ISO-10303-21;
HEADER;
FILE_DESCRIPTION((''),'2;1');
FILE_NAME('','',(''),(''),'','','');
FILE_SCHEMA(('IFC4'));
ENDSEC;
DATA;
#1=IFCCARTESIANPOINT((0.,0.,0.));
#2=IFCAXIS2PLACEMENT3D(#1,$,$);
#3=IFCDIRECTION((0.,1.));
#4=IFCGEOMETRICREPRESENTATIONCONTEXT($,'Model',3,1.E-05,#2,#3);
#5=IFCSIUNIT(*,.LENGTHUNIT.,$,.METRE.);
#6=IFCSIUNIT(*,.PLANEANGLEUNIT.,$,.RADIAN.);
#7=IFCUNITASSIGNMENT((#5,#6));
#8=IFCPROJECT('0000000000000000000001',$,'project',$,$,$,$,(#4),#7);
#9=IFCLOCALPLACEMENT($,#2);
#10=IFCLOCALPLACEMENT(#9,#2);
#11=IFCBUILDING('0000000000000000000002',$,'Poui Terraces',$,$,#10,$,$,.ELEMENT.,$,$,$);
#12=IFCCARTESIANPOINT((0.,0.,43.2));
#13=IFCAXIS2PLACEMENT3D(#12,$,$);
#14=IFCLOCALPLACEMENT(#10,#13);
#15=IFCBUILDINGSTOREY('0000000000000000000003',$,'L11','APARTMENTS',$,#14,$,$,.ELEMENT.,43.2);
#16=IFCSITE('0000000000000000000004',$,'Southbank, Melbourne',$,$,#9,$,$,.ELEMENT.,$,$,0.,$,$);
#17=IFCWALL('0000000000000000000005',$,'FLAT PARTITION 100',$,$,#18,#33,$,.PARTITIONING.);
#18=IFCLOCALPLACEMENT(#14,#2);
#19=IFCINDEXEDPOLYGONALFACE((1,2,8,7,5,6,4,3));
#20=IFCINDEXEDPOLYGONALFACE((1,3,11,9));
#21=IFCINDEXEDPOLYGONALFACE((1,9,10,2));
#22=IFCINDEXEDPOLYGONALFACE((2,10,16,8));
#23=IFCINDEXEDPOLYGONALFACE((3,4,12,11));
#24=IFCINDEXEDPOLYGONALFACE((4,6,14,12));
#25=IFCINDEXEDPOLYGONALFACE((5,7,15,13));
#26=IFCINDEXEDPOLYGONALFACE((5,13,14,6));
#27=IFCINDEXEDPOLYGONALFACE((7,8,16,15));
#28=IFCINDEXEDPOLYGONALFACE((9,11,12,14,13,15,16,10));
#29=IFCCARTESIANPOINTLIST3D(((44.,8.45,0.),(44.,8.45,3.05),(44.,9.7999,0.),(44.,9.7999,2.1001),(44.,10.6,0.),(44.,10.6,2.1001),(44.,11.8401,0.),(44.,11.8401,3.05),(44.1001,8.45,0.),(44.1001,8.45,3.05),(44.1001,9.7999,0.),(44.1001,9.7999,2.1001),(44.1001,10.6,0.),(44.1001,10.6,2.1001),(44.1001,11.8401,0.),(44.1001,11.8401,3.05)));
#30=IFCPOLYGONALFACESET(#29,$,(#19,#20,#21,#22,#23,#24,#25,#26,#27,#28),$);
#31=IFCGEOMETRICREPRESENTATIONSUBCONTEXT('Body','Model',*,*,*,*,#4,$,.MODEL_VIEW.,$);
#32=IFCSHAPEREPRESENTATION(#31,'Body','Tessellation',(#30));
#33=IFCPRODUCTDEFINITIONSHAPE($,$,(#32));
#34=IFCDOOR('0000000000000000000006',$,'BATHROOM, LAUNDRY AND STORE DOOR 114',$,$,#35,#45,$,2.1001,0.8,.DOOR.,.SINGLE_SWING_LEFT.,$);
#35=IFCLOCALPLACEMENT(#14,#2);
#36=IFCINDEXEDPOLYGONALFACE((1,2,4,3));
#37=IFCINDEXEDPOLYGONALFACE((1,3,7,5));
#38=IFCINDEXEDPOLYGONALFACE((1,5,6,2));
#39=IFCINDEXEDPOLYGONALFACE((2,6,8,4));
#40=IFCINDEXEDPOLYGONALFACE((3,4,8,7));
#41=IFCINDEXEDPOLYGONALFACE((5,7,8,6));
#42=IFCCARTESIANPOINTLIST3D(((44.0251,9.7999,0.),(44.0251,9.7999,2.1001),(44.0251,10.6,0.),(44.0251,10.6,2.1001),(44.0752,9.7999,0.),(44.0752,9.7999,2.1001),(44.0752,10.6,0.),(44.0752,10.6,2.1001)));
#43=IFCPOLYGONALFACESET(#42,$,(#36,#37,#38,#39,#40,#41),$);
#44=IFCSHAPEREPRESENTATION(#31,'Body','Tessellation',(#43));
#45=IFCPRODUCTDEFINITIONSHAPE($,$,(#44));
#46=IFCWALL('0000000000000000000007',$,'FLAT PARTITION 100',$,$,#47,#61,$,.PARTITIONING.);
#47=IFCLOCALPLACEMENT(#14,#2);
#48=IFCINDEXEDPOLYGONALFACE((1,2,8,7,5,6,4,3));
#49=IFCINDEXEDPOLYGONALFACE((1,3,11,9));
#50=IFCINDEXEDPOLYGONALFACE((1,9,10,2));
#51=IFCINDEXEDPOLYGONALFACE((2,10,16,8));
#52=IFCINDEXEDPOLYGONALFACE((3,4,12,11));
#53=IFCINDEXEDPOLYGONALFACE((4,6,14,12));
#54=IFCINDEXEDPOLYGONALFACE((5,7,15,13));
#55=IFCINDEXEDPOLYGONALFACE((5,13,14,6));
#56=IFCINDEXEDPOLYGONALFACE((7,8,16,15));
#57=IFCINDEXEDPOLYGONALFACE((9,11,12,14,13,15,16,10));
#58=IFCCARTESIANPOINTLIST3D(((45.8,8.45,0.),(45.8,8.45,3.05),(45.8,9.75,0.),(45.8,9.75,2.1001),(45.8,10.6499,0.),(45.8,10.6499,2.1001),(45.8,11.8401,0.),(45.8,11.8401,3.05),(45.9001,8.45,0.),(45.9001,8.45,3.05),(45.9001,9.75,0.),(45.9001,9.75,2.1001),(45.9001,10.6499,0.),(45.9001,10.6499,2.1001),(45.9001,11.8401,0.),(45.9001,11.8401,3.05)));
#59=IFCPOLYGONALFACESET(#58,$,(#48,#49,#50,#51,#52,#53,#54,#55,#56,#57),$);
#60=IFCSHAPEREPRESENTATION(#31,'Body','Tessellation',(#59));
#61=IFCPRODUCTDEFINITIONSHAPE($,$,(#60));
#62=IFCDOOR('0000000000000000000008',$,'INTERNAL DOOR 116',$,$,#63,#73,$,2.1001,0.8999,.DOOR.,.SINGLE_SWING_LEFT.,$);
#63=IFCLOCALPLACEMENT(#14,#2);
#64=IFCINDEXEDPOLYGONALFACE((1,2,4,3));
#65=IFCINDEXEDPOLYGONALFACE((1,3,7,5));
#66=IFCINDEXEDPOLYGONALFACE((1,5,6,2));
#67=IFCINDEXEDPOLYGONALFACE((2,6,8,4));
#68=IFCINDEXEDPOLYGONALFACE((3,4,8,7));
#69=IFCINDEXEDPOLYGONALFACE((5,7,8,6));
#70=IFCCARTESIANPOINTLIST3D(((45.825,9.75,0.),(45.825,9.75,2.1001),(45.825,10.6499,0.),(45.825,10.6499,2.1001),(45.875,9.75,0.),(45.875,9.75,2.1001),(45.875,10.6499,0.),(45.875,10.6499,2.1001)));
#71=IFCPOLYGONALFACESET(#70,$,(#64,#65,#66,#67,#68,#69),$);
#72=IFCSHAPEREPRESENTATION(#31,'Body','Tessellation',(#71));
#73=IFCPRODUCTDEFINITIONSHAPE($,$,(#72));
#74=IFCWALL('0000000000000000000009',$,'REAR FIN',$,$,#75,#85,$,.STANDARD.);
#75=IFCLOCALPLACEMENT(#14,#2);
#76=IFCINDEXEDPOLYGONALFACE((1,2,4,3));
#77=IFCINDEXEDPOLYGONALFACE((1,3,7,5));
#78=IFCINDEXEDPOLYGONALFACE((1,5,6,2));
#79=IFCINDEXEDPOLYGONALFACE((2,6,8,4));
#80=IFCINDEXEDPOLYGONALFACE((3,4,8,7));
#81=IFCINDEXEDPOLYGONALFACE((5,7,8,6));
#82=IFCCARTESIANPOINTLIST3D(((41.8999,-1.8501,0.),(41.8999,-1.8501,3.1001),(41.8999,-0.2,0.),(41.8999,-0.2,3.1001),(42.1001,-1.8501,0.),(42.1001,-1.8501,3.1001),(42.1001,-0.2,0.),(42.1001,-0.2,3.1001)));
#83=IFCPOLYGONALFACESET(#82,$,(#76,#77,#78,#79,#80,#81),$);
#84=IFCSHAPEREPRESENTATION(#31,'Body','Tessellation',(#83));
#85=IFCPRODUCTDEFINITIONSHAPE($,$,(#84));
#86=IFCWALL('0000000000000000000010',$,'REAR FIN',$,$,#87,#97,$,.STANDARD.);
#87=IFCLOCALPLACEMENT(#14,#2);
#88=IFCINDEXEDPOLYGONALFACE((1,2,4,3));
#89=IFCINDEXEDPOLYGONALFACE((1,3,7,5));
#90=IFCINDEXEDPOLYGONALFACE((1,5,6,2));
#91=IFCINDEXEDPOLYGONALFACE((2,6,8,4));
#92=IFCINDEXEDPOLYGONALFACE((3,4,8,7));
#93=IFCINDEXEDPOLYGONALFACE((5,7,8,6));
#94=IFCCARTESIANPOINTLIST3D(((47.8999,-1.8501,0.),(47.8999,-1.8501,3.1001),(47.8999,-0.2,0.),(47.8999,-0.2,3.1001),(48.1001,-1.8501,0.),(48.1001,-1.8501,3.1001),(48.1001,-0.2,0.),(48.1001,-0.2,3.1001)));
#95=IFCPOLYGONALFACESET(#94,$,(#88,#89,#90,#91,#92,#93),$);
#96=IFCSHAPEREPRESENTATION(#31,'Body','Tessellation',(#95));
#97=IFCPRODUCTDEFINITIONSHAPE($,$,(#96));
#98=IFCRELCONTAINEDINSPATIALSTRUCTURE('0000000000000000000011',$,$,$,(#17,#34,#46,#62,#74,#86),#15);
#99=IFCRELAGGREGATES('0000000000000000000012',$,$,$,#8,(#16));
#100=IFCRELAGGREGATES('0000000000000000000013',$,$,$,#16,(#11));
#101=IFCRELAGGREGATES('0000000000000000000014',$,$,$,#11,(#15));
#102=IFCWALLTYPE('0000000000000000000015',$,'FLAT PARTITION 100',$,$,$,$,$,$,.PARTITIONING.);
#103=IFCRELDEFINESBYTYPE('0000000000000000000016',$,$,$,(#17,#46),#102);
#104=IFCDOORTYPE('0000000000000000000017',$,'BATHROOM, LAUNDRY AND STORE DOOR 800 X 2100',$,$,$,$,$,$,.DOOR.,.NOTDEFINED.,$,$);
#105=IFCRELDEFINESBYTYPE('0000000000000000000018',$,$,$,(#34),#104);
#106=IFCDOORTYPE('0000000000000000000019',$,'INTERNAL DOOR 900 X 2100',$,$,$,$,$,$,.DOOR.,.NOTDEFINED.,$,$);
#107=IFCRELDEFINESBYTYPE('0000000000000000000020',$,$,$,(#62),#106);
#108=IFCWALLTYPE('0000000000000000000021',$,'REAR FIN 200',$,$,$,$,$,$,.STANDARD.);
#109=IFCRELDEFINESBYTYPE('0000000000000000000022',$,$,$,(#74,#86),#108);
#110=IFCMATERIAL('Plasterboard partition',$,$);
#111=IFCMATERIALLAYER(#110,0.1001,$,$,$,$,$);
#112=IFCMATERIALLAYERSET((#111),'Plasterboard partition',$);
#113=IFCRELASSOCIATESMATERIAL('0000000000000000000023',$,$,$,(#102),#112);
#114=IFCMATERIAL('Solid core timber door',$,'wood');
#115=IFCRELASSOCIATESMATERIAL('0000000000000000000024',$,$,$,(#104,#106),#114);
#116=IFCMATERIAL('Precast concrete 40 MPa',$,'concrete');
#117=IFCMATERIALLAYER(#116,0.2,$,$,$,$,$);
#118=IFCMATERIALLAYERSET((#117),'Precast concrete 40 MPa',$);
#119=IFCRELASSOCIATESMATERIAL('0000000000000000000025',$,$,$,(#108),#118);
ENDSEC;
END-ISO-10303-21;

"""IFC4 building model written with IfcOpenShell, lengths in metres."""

from ifc_helpers import new_model, si_unit, direction, frame, frame_2d, origin, place, context, subcontext, project, spatial, polyline, rectangle, outline, extrude, source, transform, mapped, material, layer, layer_set, type_object, element, fill, save


model = new_model("IFC4")

# Units and contexts
model_context = context("Model", 3, precision=1e-05, world=origin(), true_north=direction((0.0, 1.0)))
body_context = subcontext(model_context, "Body", "Model", "MODEL_VIEW")
ifc_project = project(units=[si_unit("LENGTHUNIT", "METRE"), si_unit("PLANEANGLEUNIT", "RADIAN")], contexts=[model_context])

# Site, building, storey
site_placement = place(None, origin())
site = spatial("IfcSite", under=ifc_project, at=site_placement, Name="Southbank, Melbourne", CompositionType="ELEMENT", RefElevation=0.0)
building_placement = place(site_placement, origin())
building = spatial("IfcBuilding", under=site, at=building_placement, Name="Poui Terraces", CompositionType="ELEMENT")
storey_placement = place(building_placement, frame((0.0, 0.0, 43.2)))
storey = spatial("IfcBuildingStorey", under=building, at=storey_placement, Name="L11", Description="APARTMENTS", CompositionType="ELEMENT", Elevation=43.2)

# Shared definitions
ifc_material_1 = material(Name="Plasterboard partition")
ifc_layer_1 = layer(ifc_material_1, 0.1001)
ifc_layer_set_1 = layer_set([ifc_layer_1], Name="Plasterboard partition")
wall_type_1 = type_object("IfcWallType", Name="FLAT PARTITION 100", PredefinedType="PARTITIONING", material=ifc_layer_set_1)
ifc_material_2 = material(Name="Solid core timber door", Category="wood")
door_type_1 = type_object("IfcDoorType", Name="BATHROOM, LAUNDRY AND STORE DOOR 800 X 2100", OperationType="NOTDEFINED", PredefinedType="DOOR", material=ifc_material_2)

# Walls, openings, doors
wall_1_placement = place(storey_placement, frame((44.05, 8.45, 0.0), z_axis=(0.0, 0.0, 1.0), x_axis=(0.0, 1.0, 0.0)))
wall_1 = element("IfcWall", 1, at=wall_1_placement, inside=storey, type_object=wall_type_1, Name="FLAT PARTITION 100", PredefinedType="PARTITIONING", context=body_context, shape_type="SweptSolid", body=[
    extrude(rectangle(XDim=3.3901, YDim=0.1001, at=frame_2d((1.6951, 0.0))), origin(), (0.0, 0.0, 1.0), 3.05),
])
opening_1_placement = place(wall_1_placement, frame((1.3501, 0.0, 0.0)))
opening_1 = element("IfcOpeningElement", 2, at=opening_1_placement, cuts=wall_1, PredefinedType="OPENING", context=body_context, shape_type="SweptSolid", body=[
    extrude(rectangle(XDim=0.8, YDim=2.1001, at=frame_2d((0.3999, 1.05))), frame((0.0, 0.0601, 0.0), z_axis=(0.0, -1.0, 0.0), x_axis=(1.0, 0.0, 0.0)), (0.0, 0.0, 1.0), 0.1201),
])
door_1_placement = place(opening_1_placement, origin())
door_1 = element("IfcDoor", 3, at=door_1_placement, inside=storey, type_object=door_type_1, Name="BATHROOM, LAUNDRY AND STORE DOOR 114", OperationType="SINGLE_SWING_LEFT", OverallHeight=2.1001, OverallWidth=0.8, PredefinedType="DOOR", context=body_context, shape_type="SweptSolid", body=[
    extrude(rectangle(XDim=0.8, YDim=2.1001, at=frame_2d((0.3999, 1.05))), frame((0.0, 0.0249, 0.0), z_axis=(0.0, -1.0, 0.0), x_axis=(1.0, 0.0, 0.0)), (0.0, 0.0, 1.0), 0.05),
])
fill(opening_1, door_1)
wall_2_placement = place(storey_placement, frame((45.8501, 8.45, 0.0), z_axis=(0.0, 0.0, 1.0), x_axis=(0.0, 1.0, 0.0)))
wall_2 = element("IfcWall", 4, at=wall_2_placement, inside=storey, type_object=wall_type_1, Name="FLAT PARTITION 100", PredefinedType="PARTITIONING", context=body_context, shape_type="SweptSolid", body=[
    extrude(rectangle(XDim=3.3901, YDim=0.1001, at=frame_2d((1.6951, 0.0))), origin(), (0.0, 0.0, 1.0), 3.05),
])
opening_2_placement = place(wall_2_placement, frame((1.3, 0.0, 0.0)))
opening_2 = element("IfcOpeningElement", 5, at=opening_2_placement, cuts=wall_2, PredefinedType="OPENING", context=body_context, shape_type="SweptSolid", body=[
    extrude(rectangle(XDim=0.8999, YDim=2.1001, at=frame_2d((0.45, 1.05))), frame((0.0, 0.0601, 0.0), z_axis=(0.0, -1.0, 0.0), x_axis=(1.0, 0.0, 0.0)), (0.0, 0.0, 1.0), 0.1201),
])
door_type_2 = type_object("IfcDoorType", Name="INTERNAL DOOR 900 X 2100", OperationType="NOTDEFINED", PredefinedType="DOOR", material=ifc_material_2)
door_2_placement = place(opening_2_placement, frame((0.8999, 0.0, 0.0), z_axis=(0.0, 0.0, 1.0), x_axis=(-1.0, 0.0, 0.0)))
door_2 = element("IfcDoor", 6, at=door_2_placement, inside=storey, type_object=door_type_2, Name="INTERNAL DOOR 116", OperationType="SINGLE_SWING_LEFT", OverallHeight=2.1001, OverallWidth=0.8999, PredefinedType="DOOR", context=body_context, shape_type="SweptSolid", body=[
    extrude(rectangle(XDim=0.8999, YDim=2.1001, at=frame_2d((0.45, 1.05))), frame((0.0, 0.0249, 0.0), z_axis=(0.0, -1.0, 0.0), x_axis=(1.0, 0.0, 0.0)), (0.0, 0.0, 1.0), 0.05),
])
fill(opening_2, door_2)

# Walls
ifc_material_3 = material(Name="Precast concrete 40 MPa", Category="concrete")
ifc_layer_2 = layer(ifc_material_3, 0.2)
ifc_layer_set_2 = layer_set([ifc_layer_2], Name="Precast concrete 40 MPa")
wall_type_2 = type_object("IfcWallType", Name="REAR FIN 200", PredefinedType="STANDARD", material=ifc_layer_set_2)
shared_shape_1 = source(origin(), body_context, "Body", "SweptSolid", [
    extrude(outline(polyline([(0.0, 0.0), (0.2002, 0.0), (0.2002, 1.6501), (0.0, 1.6501), (0.0, 0.0)])), origin(), (0.0, 0.0, 1.0), 3.1001),
])
for number, where, name in (
    (7, (41.8999, -1.8501, 0.0), "REAR FIN"),
    (8, (47.8999, -1.8501, 0.0), "REAR FIN"),
):
    element("IfcWall", number, at=place(storey_placement, frame(where)), inside=storey, type_object=wall_type_2, Name=name, PredefinedType="STANDARD", context=body_context, shape_type="MappedRepresentation", body=[
        mapped(shared_shape_1, transform((0.0, 0.0, 0.0))),
    ])

save(model, "model.ifc")
